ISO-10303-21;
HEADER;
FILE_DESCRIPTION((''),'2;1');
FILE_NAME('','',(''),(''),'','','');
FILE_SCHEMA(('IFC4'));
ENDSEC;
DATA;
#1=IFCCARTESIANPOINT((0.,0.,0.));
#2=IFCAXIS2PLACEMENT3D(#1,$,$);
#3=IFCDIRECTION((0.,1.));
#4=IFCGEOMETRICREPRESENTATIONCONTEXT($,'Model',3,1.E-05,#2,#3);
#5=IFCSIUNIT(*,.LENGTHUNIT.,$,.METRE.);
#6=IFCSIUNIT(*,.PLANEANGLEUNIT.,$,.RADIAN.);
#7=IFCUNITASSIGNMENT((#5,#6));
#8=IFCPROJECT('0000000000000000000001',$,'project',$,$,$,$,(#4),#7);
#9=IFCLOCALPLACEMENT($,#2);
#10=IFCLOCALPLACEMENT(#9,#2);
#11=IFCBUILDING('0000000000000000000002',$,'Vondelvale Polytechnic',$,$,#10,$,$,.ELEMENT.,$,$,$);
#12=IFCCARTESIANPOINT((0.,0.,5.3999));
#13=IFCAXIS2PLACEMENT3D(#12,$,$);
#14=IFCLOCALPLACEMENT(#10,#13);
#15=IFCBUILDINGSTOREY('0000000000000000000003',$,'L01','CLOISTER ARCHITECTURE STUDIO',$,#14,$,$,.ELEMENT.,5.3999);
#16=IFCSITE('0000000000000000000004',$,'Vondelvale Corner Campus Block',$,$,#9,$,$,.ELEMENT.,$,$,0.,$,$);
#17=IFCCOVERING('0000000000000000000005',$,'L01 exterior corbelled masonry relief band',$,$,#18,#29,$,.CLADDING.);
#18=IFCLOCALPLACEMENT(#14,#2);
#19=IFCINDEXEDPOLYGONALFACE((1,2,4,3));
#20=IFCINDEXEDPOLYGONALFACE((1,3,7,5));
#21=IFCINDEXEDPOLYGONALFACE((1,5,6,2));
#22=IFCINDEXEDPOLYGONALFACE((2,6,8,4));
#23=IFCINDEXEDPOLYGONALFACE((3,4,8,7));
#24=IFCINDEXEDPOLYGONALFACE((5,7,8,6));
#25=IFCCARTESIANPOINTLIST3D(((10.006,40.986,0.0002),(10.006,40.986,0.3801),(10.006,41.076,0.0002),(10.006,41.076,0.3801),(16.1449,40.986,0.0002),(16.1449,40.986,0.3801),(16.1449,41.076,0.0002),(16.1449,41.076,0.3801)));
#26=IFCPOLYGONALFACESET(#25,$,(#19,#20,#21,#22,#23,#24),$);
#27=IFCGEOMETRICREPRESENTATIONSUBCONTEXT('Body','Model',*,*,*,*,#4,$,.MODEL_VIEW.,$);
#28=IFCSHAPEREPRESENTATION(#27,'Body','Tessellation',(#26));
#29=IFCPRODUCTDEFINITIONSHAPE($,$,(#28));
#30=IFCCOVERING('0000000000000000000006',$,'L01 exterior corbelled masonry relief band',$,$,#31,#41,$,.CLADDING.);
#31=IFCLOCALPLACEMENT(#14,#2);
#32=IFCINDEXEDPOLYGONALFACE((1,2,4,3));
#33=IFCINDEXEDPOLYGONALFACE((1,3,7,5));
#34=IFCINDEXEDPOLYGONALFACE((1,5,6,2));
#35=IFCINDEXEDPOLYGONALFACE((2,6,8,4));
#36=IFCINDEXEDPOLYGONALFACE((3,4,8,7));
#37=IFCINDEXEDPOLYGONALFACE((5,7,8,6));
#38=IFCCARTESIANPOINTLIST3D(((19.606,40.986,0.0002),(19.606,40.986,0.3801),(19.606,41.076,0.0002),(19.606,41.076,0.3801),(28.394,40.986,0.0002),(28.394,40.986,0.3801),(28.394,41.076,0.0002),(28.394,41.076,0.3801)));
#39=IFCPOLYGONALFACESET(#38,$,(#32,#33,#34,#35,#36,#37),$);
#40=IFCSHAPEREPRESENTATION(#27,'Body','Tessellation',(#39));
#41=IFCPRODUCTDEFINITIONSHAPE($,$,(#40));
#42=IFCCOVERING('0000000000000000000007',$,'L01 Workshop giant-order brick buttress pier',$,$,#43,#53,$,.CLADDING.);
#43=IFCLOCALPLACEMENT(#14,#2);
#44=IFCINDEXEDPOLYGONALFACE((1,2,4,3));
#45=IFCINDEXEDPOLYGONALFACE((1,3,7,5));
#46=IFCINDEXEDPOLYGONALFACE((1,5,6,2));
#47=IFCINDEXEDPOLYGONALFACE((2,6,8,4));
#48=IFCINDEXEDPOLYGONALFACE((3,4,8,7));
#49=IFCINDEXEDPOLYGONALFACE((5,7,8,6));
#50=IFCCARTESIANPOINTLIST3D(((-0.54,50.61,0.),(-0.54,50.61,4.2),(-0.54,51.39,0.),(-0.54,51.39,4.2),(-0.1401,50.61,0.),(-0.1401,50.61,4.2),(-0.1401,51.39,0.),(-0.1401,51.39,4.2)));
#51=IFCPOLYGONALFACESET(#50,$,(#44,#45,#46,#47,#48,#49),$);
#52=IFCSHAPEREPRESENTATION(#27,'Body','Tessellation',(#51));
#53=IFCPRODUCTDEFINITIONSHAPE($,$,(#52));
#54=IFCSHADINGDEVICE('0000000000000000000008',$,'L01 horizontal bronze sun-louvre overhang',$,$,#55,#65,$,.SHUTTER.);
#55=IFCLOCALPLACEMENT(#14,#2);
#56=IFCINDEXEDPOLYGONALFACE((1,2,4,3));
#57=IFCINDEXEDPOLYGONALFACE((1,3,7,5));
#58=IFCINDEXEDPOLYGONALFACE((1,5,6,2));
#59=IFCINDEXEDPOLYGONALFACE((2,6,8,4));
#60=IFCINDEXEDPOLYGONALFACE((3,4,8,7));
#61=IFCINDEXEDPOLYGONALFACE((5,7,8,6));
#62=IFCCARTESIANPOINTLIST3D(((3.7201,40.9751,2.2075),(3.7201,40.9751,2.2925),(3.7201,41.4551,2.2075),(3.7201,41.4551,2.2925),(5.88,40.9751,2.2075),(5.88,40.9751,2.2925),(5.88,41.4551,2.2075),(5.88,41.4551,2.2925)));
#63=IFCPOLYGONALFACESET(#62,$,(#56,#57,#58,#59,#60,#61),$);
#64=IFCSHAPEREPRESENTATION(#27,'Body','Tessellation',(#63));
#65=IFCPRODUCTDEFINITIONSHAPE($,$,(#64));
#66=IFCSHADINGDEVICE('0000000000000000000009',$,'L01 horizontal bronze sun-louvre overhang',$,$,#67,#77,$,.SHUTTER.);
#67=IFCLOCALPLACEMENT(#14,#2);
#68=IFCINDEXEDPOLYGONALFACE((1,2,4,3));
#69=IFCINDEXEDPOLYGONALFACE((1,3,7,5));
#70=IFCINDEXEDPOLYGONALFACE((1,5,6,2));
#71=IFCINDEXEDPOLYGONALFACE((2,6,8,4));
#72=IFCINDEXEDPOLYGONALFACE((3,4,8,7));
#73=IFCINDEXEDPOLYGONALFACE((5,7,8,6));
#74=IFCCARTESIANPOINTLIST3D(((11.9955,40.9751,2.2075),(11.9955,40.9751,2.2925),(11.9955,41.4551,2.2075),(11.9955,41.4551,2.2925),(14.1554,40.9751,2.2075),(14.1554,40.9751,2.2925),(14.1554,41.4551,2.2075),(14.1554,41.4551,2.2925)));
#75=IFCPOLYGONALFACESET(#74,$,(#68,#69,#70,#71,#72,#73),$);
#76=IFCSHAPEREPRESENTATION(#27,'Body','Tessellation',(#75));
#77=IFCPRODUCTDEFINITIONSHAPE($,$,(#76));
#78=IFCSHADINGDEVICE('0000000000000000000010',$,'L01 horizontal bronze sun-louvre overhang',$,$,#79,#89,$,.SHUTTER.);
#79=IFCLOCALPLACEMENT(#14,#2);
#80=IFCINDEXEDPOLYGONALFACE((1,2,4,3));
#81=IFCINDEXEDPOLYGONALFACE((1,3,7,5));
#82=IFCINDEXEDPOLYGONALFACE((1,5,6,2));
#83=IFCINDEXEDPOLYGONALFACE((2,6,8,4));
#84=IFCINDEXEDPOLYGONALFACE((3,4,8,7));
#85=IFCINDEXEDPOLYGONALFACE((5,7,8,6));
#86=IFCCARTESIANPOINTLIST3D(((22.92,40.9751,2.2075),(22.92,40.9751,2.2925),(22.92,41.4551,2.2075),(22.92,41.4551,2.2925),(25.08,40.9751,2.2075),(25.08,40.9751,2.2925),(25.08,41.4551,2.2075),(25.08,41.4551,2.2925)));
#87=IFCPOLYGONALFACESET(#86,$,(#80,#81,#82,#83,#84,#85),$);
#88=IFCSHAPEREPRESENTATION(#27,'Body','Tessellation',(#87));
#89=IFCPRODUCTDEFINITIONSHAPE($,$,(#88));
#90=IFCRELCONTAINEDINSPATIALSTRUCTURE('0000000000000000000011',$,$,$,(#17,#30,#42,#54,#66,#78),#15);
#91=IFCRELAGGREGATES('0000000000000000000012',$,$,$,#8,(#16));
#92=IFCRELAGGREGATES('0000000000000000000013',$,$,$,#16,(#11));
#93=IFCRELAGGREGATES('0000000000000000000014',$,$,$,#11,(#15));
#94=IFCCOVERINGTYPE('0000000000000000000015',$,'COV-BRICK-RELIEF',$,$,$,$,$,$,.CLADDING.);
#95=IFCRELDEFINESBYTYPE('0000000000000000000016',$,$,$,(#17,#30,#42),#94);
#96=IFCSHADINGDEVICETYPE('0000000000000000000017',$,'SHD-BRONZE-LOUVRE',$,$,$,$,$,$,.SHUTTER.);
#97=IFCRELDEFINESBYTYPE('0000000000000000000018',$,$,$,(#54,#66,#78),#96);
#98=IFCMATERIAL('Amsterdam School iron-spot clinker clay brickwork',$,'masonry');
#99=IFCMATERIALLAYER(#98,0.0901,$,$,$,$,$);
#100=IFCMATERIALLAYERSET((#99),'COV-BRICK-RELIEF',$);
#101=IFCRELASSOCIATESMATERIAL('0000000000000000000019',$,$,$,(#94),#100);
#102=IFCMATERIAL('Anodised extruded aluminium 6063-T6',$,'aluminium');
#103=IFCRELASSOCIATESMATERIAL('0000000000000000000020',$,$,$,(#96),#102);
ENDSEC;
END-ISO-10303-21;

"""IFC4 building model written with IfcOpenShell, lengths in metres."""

from ifc_helpers import new_model, si_unit, direction, frame, origin, origin_2d, place, context, subcontext, project, spatial, rectangle, extrude, material, layer, layer_set, type_object, element, save


model = new_model("IFC4")

# Units and contexts
model_context = context("Model", 3, precision=1e-05, world=origin(), true_north=direction((0.0, 1.0)))
body_context = subcontext(model_context, "Body", "Model", "MODEL_VIEW")
ifc_project = project(units=[si_unit("LENGTHUNIT", "METRE"), si_unit("PLANEANGLEUNIT", "RADIAN")], contexts=[model_context])

# Site, building, storey
site_placement = place(None, origin())
site = spatial("IfcSite", under=ifc_project, at=site_placement, Name="Vondelvale Corner Campus Block", CompositionType="ELEMENT", RefElevation=0.0)
building_placement = place(site_placement, origin())
building = spatial("IfcBuilding", under=site, at=building_placement, Name="Vondelvale Polytechnic", CompositionType="ELEMENT")
storey_placement = place(building_placement, frame((0.0, 0.0, 5.3999)))
storey = spatial("IfcBuildingStorey", under=building, at=storey_placement, Name="L01", Description="CLOISTER ARCHITECTURE STUDIO", CompositionType="ELEMENT", Elevation=5.3999)

# Shared definitions
ifc_material_1 = material(Name="Amsterdam School iron-spot clinker clay brickwork", Category="masonry")

# Coverings
ifc_layer_1 = layer(ifc_material_1, 0.0901)
ifc_layer_set_1 = layer_set([ifc_layer_1], Name="COV-BRICK-RELIEF")
covering_type_1 = type_object("IfcCoveringType", Name="COV-BRICK-RELIEF", PredefinedType="CLADDING", material=ifc_layer_set_1)
covering_1_placement = place(storey_placement, frame((13.0754, 41.031, 0.0002), z_axis=(0.0, 0.0, 1.0), x_axis=(1.0, 0.0, 0.0)))
element("IfcCovering", 1, at=covering_1_placement, inside=storey, type_object=covering_type_1, Name="L01 exterior corbelled masonry relief band", PredefinedType="CLADDING", context=body_context, shape_type="SweptSolid", body=[
    extrude(rectangle(XDim=6.1389, YDim=0.0901, at=origin_2d()), origin(), (0.0, 0.0, 1.0), 0.3799),
])
covering_2_placement = place(storey_placement, frame((24.0, 41.031, 0.0002), z_axis=(0.0, 0.0, 1.0), x_axis=(1.0, 0.0, 0.0)))
element("IfcCovering", 2, at=covering_2_placement, inside=storey, type_object=covering_type_1, Name="L01 exterior corbelled masonry relief band", PredefinedType="CLADDING", context=body_context, shape_type="SweptSolid", body=[
    extrude(rectangle(XDim=8.7881, YDim=0.0901, at=origin_2d()), origin(), (0.0, 0.0, 1.0), 0.3799),
])
covering_3_placement = place(storey_placement, frame((-0.3401, 51.0, 0.0), z_axis=(0.0, 0.0, 1.0), x_axis=(1.0, 0.0, 0.0)))
element("IfcCovering", 3, at=covering_3_placement, inside=storey, type_object=covering_type_1, Name="L01 Workshop giant-order brick buttress pier", PredefinedType="CLADDING", context=body_context, shape_type="SweptSolid", body=[
    extrude(rectangle(XDim=0.3999, YDim=0.78, at=origin_2d()), origin(), (0.0, 0.0, 1.0), 4.2),
])

# Shading devices
ifc_material_2 = material(Name="Anodised extruded aluminium 6063-T6", Category="aluminium")
shading_device_type = type_object("IfcShadingDeviceType", Name="SHD-BRONZE-LOUVRE", PredefinedType="SHUTTER", material=ifc_material_2)
for number, where, z_axis, x_axis, name in (
    (4, (4.8, 41.2151, 2.2075), (0.0, 0.0, 1.0), (1.0, 0.0, 0.0), "L01 horizontal bronze sun-louvre overhang"),
    (5, (13.0754, 41.2151, 2.2075), (0.0, 0.0, 1.0), (1.0, 0.0, 0.0), "L01 horizontal bronze sun-louvre overhang"),
    (6, (24.0, 41.2151, 2.2075), (0.0, 0.0, 1.0), (1.0, 0.0, 0.0), "L01 horizontal bronze sun-louvre overhang"),
):
    element("IfcShadingDevice", number, at=place(storey_placement, frame(where, z_axis=z_axis, x_axis=x_axis)), inside=storey, type_object=shading_device_type, Name=name, PredefinedType="SHUTTER", context=body_context, shape_type="SweptSolid", body=[
        extrude(rectangle(XDim=2.1599, YDim=0.48, at=origin_2d()), origin(), (0.0, 0.0, 1.0), 0.085),
    ])

save(model, "model.ifc")
